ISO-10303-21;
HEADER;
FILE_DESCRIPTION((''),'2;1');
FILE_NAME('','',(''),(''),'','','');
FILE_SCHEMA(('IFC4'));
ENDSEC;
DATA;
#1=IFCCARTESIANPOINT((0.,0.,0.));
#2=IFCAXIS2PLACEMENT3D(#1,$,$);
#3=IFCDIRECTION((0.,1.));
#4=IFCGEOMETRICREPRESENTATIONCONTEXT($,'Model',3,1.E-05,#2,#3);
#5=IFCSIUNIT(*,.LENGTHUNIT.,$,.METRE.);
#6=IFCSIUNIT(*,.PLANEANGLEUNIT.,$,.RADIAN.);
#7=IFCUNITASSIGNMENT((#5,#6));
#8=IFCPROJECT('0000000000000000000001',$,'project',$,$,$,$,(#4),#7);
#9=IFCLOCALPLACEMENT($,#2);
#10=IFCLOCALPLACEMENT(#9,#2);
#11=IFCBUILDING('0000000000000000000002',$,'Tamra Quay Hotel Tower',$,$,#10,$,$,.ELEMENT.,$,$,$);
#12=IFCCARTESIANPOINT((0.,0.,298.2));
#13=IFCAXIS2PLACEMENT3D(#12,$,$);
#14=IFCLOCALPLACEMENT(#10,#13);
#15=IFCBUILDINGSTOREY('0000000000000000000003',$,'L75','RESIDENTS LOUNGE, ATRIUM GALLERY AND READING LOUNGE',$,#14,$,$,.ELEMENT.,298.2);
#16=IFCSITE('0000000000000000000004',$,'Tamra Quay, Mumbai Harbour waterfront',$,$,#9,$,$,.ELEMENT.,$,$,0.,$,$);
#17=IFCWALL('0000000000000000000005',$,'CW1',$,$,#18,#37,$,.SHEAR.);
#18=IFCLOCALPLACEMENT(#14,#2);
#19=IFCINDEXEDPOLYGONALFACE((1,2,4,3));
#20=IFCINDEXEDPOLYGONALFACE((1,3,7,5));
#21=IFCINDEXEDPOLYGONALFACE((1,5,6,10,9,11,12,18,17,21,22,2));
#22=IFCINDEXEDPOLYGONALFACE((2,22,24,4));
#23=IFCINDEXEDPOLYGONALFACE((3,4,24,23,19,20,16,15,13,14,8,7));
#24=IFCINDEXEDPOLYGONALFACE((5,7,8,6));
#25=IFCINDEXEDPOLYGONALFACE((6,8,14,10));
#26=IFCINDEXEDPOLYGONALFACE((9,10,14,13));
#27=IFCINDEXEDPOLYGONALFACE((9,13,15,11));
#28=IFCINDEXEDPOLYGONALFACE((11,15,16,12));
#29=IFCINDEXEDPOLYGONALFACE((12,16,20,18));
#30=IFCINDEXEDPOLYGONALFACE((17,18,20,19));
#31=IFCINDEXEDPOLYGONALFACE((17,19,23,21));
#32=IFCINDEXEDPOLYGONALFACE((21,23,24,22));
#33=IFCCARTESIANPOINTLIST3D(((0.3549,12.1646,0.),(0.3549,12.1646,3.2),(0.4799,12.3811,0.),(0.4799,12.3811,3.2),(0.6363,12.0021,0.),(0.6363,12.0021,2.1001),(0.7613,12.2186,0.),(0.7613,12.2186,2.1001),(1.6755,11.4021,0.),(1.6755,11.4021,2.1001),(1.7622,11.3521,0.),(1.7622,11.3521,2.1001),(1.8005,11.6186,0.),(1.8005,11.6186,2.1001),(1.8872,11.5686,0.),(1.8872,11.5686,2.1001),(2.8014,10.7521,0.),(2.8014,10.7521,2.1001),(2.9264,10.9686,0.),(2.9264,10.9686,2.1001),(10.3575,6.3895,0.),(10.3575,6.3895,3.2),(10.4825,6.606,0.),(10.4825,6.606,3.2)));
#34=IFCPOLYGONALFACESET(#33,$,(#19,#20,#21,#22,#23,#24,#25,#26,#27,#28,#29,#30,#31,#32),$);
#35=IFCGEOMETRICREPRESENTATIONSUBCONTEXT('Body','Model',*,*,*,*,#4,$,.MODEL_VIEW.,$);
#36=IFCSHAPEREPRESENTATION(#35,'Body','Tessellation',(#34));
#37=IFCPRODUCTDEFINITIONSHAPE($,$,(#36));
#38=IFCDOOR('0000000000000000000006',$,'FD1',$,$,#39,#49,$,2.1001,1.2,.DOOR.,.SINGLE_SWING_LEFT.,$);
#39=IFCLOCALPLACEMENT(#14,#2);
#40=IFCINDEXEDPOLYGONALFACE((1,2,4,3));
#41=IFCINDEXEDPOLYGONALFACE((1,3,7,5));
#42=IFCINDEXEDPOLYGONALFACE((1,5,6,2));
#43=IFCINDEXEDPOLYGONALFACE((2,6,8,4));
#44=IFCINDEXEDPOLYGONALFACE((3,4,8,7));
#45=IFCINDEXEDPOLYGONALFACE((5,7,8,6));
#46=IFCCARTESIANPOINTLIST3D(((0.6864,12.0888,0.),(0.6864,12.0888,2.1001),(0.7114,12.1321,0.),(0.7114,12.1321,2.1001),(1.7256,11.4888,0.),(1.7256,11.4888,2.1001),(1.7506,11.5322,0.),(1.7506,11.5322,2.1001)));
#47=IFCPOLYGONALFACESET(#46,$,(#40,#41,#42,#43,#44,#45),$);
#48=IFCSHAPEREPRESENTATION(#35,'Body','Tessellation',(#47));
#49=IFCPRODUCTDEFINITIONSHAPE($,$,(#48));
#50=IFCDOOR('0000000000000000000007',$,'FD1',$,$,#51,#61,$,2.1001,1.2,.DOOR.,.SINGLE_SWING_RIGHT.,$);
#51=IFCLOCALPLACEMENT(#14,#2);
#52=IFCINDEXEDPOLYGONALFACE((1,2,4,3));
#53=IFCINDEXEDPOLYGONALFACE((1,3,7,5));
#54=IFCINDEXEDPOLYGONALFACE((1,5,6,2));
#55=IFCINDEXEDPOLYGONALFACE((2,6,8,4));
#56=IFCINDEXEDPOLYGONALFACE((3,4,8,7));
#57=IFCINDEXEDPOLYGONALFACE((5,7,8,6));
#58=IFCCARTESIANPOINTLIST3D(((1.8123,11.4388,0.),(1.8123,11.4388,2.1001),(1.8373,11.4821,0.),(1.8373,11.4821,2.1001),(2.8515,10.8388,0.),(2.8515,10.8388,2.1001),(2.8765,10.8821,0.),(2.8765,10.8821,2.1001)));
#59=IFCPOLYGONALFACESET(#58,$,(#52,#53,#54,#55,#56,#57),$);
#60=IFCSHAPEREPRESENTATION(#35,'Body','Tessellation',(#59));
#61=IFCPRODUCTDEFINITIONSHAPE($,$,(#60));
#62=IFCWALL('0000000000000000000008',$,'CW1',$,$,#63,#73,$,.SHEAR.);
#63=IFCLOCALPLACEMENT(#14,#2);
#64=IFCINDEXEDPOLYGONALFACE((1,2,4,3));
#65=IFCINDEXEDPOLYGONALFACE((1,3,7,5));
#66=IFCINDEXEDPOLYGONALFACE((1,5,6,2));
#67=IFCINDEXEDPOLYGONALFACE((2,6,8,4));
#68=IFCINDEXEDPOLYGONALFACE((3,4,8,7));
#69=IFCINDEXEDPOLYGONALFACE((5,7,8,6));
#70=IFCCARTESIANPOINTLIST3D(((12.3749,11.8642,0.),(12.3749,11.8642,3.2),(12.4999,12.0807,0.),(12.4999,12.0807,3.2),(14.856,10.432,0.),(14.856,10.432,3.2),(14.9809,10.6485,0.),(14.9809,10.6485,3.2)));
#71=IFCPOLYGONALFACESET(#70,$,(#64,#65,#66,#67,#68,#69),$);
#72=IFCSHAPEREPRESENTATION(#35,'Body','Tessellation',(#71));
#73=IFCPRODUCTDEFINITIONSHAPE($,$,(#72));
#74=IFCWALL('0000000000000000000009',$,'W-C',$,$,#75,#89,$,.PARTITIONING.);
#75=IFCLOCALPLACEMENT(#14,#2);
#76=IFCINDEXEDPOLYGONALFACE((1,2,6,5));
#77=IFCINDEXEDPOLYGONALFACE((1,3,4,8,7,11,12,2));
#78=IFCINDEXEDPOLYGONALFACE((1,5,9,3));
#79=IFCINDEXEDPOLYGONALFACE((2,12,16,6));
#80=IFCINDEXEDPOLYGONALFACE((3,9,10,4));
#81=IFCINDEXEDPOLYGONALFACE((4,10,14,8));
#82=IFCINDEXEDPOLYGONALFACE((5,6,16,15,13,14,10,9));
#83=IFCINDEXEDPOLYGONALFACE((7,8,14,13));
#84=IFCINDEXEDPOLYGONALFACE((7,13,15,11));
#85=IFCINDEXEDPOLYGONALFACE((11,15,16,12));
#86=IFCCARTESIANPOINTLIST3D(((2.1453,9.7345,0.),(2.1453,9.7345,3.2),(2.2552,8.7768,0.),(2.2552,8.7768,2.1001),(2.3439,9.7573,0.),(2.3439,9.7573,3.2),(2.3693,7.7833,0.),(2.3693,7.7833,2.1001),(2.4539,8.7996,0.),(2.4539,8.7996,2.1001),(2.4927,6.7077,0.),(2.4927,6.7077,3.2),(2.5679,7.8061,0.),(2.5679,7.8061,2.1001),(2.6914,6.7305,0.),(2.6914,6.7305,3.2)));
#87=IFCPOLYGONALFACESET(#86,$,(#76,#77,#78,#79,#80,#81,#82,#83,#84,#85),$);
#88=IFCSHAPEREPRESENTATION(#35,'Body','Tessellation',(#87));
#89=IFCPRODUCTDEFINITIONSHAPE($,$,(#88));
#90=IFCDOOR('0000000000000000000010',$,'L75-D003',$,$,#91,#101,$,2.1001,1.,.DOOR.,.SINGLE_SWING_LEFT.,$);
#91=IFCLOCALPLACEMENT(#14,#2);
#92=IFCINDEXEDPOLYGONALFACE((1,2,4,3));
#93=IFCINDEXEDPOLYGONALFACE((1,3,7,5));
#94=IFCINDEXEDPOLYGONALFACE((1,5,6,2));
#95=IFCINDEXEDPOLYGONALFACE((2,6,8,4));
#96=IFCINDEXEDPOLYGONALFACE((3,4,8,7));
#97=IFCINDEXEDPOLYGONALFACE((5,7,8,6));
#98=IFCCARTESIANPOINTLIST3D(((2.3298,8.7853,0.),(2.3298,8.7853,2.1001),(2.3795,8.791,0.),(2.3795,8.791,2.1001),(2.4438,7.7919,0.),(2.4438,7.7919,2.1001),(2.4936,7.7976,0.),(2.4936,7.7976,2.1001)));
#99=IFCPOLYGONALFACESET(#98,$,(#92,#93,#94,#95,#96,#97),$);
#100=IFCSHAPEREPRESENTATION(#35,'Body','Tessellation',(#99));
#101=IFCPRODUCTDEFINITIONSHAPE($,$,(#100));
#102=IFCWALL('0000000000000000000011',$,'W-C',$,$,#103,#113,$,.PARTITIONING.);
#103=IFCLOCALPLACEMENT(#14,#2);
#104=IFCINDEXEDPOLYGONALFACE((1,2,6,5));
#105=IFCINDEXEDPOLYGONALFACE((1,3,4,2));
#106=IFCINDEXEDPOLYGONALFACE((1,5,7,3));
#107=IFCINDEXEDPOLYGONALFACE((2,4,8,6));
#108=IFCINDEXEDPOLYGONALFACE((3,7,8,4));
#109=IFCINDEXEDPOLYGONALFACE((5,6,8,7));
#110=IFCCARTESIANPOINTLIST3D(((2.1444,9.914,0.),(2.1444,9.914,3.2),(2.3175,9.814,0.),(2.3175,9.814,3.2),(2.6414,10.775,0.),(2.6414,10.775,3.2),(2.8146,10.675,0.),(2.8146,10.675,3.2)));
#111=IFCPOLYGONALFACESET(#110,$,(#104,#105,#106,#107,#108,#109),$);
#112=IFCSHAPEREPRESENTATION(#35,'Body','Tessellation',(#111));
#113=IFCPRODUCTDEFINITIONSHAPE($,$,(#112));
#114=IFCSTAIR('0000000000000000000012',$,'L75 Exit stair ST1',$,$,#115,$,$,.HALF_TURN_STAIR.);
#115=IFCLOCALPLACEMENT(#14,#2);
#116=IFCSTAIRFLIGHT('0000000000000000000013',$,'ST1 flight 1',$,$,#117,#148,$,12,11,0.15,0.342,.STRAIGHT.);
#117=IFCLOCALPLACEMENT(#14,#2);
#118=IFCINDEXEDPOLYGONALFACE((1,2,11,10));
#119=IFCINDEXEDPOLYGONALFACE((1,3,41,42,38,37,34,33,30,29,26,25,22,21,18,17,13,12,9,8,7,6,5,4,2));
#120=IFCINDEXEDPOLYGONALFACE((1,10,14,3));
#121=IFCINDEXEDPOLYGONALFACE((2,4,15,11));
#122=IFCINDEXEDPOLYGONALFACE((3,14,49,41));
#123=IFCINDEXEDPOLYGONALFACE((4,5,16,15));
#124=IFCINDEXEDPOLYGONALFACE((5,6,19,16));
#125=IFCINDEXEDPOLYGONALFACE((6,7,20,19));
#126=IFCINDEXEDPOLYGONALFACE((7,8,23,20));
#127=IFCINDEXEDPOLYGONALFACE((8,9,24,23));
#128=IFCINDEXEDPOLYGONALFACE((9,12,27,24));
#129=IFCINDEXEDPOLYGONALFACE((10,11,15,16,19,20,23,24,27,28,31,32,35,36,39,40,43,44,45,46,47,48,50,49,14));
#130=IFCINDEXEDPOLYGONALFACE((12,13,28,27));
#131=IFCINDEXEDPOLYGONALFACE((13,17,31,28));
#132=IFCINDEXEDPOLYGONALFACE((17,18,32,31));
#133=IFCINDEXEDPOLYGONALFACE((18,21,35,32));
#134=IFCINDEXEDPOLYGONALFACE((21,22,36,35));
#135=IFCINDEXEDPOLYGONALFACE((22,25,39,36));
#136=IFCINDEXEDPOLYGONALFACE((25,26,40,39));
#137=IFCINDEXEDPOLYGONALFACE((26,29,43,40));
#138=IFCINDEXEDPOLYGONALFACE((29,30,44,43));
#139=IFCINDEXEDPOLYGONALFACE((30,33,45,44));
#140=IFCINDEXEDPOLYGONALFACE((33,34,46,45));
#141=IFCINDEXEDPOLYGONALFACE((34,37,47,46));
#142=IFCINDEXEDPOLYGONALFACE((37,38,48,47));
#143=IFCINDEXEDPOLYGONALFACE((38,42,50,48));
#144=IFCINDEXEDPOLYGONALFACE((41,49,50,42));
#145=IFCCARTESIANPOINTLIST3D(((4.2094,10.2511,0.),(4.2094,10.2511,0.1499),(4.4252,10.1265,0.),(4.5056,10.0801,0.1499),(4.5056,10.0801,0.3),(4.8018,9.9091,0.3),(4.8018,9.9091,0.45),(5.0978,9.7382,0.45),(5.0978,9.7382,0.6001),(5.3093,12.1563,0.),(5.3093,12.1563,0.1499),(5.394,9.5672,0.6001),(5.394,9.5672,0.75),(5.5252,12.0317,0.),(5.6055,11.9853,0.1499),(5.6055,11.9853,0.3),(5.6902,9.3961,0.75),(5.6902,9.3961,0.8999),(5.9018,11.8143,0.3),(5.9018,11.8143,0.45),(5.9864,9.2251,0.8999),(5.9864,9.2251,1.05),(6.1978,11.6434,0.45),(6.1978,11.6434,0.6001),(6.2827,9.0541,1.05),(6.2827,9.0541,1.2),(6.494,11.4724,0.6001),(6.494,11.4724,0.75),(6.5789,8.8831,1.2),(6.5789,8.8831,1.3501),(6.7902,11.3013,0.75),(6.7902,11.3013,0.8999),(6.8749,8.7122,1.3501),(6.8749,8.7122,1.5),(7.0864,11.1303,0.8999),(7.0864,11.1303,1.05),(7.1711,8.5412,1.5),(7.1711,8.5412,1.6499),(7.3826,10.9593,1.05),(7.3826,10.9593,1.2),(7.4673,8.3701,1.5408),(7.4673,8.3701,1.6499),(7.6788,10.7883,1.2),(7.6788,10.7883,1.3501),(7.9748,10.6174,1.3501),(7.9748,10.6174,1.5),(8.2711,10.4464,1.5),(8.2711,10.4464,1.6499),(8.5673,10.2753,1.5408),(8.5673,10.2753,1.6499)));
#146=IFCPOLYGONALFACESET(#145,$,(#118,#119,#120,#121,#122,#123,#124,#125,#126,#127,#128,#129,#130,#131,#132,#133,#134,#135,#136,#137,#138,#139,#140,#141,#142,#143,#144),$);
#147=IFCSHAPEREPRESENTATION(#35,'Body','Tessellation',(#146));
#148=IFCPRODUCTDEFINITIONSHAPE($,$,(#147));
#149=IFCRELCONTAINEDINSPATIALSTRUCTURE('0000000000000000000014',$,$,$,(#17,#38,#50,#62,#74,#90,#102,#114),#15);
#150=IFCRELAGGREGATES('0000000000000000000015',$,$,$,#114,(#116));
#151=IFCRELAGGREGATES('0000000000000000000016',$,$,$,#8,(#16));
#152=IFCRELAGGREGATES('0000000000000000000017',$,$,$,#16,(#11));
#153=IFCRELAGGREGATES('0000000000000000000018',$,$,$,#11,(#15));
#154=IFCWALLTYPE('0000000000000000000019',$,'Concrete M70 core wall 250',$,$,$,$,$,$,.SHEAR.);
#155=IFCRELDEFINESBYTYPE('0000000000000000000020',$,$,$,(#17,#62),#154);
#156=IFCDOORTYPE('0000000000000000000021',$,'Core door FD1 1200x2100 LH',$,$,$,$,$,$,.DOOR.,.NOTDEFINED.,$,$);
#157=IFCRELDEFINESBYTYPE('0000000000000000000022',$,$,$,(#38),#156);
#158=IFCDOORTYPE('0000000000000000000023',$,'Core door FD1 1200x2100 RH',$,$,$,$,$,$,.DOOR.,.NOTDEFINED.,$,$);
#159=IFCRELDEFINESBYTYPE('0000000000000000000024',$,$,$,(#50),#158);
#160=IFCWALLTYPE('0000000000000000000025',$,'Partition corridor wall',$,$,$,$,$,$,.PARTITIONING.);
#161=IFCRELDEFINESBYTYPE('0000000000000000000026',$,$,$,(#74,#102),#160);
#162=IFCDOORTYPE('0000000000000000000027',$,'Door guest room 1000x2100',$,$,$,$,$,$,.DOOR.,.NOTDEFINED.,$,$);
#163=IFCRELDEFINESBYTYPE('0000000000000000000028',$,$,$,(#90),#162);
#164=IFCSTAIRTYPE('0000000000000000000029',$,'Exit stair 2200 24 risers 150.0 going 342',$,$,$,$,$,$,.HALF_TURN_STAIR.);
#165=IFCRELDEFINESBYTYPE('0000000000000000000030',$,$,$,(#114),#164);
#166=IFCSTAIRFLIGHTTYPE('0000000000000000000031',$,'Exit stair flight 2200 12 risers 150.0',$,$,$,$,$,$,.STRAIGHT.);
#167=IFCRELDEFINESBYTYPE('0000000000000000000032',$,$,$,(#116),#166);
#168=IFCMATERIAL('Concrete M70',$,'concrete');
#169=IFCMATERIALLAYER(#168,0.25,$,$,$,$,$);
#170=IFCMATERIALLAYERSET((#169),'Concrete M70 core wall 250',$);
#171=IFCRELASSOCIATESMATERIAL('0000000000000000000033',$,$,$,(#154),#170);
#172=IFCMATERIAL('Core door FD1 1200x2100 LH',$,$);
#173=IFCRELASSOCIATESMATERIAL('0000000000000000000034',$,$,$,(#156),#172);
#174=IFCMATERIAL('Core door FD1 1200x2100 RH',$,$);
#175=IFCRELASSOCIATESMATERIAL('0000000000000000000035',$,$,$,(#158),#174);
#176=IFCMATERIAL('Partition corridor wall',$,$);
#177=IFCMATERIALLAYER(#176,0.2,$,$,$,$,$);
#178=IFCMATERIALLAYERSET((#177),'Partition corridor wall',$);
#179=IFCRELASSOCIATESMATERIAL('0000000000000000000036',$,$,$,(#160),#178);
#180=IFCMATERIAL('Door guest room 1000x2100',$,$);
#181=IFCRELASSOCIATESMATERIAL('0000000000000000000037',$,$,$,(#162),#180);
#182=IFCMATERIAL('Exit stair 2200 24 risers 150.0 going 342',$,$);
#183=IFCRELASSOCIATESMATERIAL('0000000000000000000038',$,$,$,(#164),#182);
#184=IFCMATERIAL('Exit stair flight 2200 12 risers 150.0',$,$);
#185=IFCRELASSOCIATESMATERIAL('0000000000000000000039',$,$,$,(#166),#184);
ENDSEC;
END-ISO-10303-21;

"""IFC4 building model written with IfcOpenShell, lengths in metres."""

from ifc_helpers import new_model, si_unit, direction, frame, frame_2d, origin, place, context, subcontext, project, spatial, polyline, rectangle, outline, extrude, material, layer, layer_set, type_object, element, fill, aggregate, save


model = new_model("IFC4")

# Units and contexts
model_context = context("Model", 3, precision=1e-05, world=origin(), true_north=direction((0.0, 1.0)))
body_context = subcontext(model_context, "Body", "Model", "MODEL_VIEW")
ifc_project = project(units=[si_unit("LENGTHUNIT", "METRE"), si_unit("PLANEANGLEUNIT", "RADIAN")], contexts=[model_context])

# Site, building, storey
site_placement = place(None, origin())
site = spatial("IfcSite", under=ifc_project, at=site_placement, Name="Tamra Quay, Mumbai Harbour waterfront", CompositionType="ELEMENT", RefElevation=0.0)
building_placement = place(site_placement, origin())
building = spatial("IfcBuilding", under=site, at=building_placement, Name="Tamra Quay Hotel Tower", CompositionType="ELEMENT")
storey_placement = place(building_placement, frame((0.0, 0.0, 298.2)))
storey = spatial("IfcBuildingStorey", under=building, at=storey_placement, Name="L75", Description="RESIDENTS LOUNGE, ATRIUM GALLERY AND READING LOUNGE", CompositionType="ELEMENT", Elevation=298.2)

# Shared definitions
ifc_material_1 = material(Name="Concrete M70", Category="concrete")

# Wall, openings, doors
ifc_layer_1 = layer(ifc_material_1, 0.25)
ifc_layer_set_1 = layer_set([ifc_layer_1], Name="Concrete M70 core wall 250")
wall_type_1 = type_object("IfcWallType", Name="Concrete M70 core wall 250", PredefinedType="SHEAR", material=ifc_layer_set_1)
wall_1_placement = place(storey_placement, frame((10.4199, 6.4978, 0.0), z_axis=(0.0, 0.0, 1.0), x_axis=(-0.866022, 0.500006, 0.0)))
wall_1 = element("IfcWall", 1, at=wall_1_placement, inside=storey, type_object=wall_type_1, Name="CW1", PredefinedType="SHEAR", context=body_context, shape_type="SweptSolid", body=[
    extrude(rectangle(XDim=11.55, YDim=0.25, at=frame_2d((5.7749, 0.0))), origin(), (0.0, 0.0, 1.0), 3.2),
])
opening_1_placement = place(wall_1_placement, frame((10.0249, 0.0, 0.0)))
opening_1 = element("IfcOpeningElement", 2, at=opening_1_placement, cuts=wall_1, PredefinedType="OPENING", context=body_context, shape_type="SweptSolid", body=[
    extrude(rectangle(XDim=1.2, YDim=2.1001, at=frame_2d((0.6001, 1.05))), frame((0.0, 0.135, 0.0), z_axis=(0.0, -1.0, 0.0), x_axis=(1.0, 0.0, 0.0)), (0.0, 0.0, 1.0), 0.27),
])
opening_2_placement = place(wall_1_placement, frame((8.7249, 0.0, 0.0)))
opening_2 = element("IfcOpeningElement", 3, at=opening_2_placement, cuts=wall_1, PredefinedType="OPENING", context=body_context, shape_type="SweptSolid", body=[
    extrude(rectangle(XDim=1.2, YDim=2.1001, at=frame_2d((0.6001, 1.05))), frame((0.0, 0.135, 0.0), z_axis=(0.0, -1.0, 0.0), x_axis=(1.0, 0.0, 0.0)), (0.0, 0.0, 1.0), 0.27),
])
ifc_material_2 = material(Name="Core door FD1 1200x2100 LH")
door_type_1 = type_object("IfcDoorType", Name="Core door FD1 1200x2100 LH", OperationType="NOTDEFINED", PredefinedType="DOOR", material=ifc_material_2)
door_1_placement = place(opening_1_placement, origin())
door_1 = element("IfcDoor", 4, at=door_1_placement, inside=storey, type_object=door_type_1, Name="FD1", OperationType="SINGLE_SWING_LEFT", OverallHeight=2.1001, OverallWidth=1.2, PredefinedType="DOOR", context=body_context, shape_type="SweptSolid", body=[
    extrude(rectangle(XDim=1.2, YDim=2.1001, at=frame_2d((0.6001, 1.05))), frame((0.0, 0.0249, 0.0), z_axis=(0.0, -1.0, 0.0), x_axis=(1.0, 0.0, 0.0)), (0.0, 0.0, 1.0), 0.05),
])
fill(opening_1, door_1)
ifc_material_3 = material(Name="Core door FD1 1200x2100 RH")
door_type_2 = type_object("IfcDoorType", Name="Core door FD1 1200x2100 RH", OperationType="NOTDEFINED", PredefinedType="DOOR", material=ifc_material_3)
door_2_placement = place(opening_2_placement, origin())
door_2 = element("IfcDoor", 5, at=door_2_placement, inside=storey, type_object=door_type_2, Name="FD1", OperationType="SINGLE_SWING_RIGHT", OverallHeight=2.1001, OverallWidth=1.2, PredefinedType="DOOR", context=body_context, shape_type="SweptSolid", body=[
    extrude(rectangle(XDim=1.2, YDim=2.1001, at=frame_2d((0.6001, 1.05))), frame((0.0, 0.0249, 0.0), z_axis=(0.0, -1.0, 0.0), x_axis=(1.0, 0.0, 0.0)), (0.0, 0.0, 1.0), 0.05),
])
fill(opening_2, door_2)

# Wall
wall_2_placement = place(storey_placement, frame((14.9185, 10.5403, 0.0), z_axis=(0.0, 0.0, 1.0), x_axis=(-0.866064, 0.499934, 0.0)))
element("IfcWall", 6, at=wall_2_placement, inside=storey, type_object=wall_type_1, Name="CW1", PredefinedType="SHEAR", context=body_context, shape_type="SweptSolid", body=[
    extrude(rectangle(XDim=2.8647, YDim=0.25, at=frame_2d((1.4324, 0.0))), origin(), (0.0, 0.0, 1.0), 3.2),
])

# Wall, opening, door
ifc_material_4 = material(Name="Partition corridor wall")
ifc_layer_2 = layer(ifc_material_4, 0.2)
ifc_layer_set_2 = layer_set([ifc_layer_2], Name="Partition corridor wall")
wall_type_2 = type_object("IfcWallType", Name="Partition corridor wall", PredefinedType="PARTITIONING", material=ifc_layer_set_2)
wall_3_placement = place(storey_placement, frame((2.592, 6.719, 0.0), z_axis=(0.0, 0.0, 1.0), x_axis=(-0.114028, 0.993478, 0.0)))
wall_3 = element("IfcWall", 7, at=wall_3_placement, inside=storey, type_object=wall_type_2, Name="W-C", PredefinedType="PARTITIONING", context=body_context, shape_type="SweptSolid", body=[
    extrude(rectangle(XDim=3.0466, YDim=0.2, at=frame_2d((1.5234, 0.0))), origin(), (0.0, 0.0, 1.0), 3.2),
])
opening_3_placement = place(wall_3_placement, frame((1.0828, 0.0, 0.0)))
opening_3 = element("IfcOpeningElement", 8, at=opening_3_placement, cuts=wall_3, PredefinedType="OPENING", context=body_context, shape_type="SweptSolid", body=[
    extrude(rectangle(XDim=1.0, YDim=2.1001, at=frame_2d((0.5, 1.05))), frame((0.0, 0.1099, 0.0), z_axis=(0.0, -1.0, 0.0), x_axis=(1.0, 0.0, 0.0)), (0.0, 0.0, 1.0), 0.22),
])
ifc_material_5 = material(Name="Door guest room 1000x2100")
door_type_3 = type_object("IfcDoorType", Name="Door guest room 1000x2100", OperationType="NOTDEFINED", PredefinedType="DOOR", material=ifc_material_5)
door_3_placement = place(opening_3_placement, origin())
door_3 = element("IfcDoor", 9, at=door_3_placement, inside=storey, type_object=door_type_3, Name="L75-D003", OperationType="SINGLE_SWING_LEFT", OverallHeight=2.1001, OverallWidth=1.0, PredefinedType="DOOR", context=body_context, shape_type="SweptSolid", body=[
    extrude(rectangle(XDim=1.0, YDim=2.1001, at=frame_2d((0.5, 1.05))), frame((0.0, 0.0249, 0.0), z_axis=(0.0, -1.0, 0.0), x_axis=(1.0, 0.0, 0.0)), (0.0, 0.0, 1.0), 0.05),
])
fill(opening_3, door_3)

# Wall
wall_4_placement = place(storey_placement, frame((2.231, 9.864, 0.0), z_axis=(0.0, 0.0, 1.0), x_axis=(0.499942, 0.866059, 0.0)))
element("IfcWall", 10, at=wall_4_placement, inside=storey, type_object=wall_type_2, Name="W-C", PredefinedType="PARTITIONING", context=body_context, shape_type="SweptSolid", body=[
    extrude(rectangle(XDim=0.9941, YDim=0.2, at=frame_2d((0.4971, 0.0))), origin(), (0.0, 0.0, 1.0), 3.2),
])

# Stair, stair flight
ifc_material_6 = material(Name="Exit stair 2200 24 risers 150.0 going 342")
stair_type = type_object("IfcStairType", Name="Exit stair 2200 24 risers 150.0 going 342", PredefinedType="HALF_TURN_STAIR", material=ifc_material_6)
stair_placement = place(storey_placement, origin())
stair = element("IfcStair", 11, at=stair_placement, inside=storey, type_object=stair_type, Name="L75 Exit stair ST1", PredefinedType="HALF_TURN_STAIR")
ifc_material_7 = material(Name="Exit stair flight 2200 12 risers 150.0")
stair_flight_type = type_object("IfcStairFlightType", Name="Exit stair flight 2200 12 risers 150.0", PredefinedType="STRAIGHT", material=ifc_material_7)
stair_flight_placement = place(storey_placement, frame((4.7593, 11.2036, 0.0), z_axis=(0.0, 0.0, 1.0), x_axis=(0.866025, -0.5, 0.0)))
stair_flight = element("IfcStairFlight", 12, at=stair_flight_placement, type_object=stair_flight_type, Name="ST1 flight 1", NumberOfRisers=12, NumberOfTreads=11, PredefinedType="STRAIGHT", RiserHeight=0.15, TreadLength=0.342, context=body_context, shape_type="SweptSolid", body=[
    extrude(outline(polyline([(0.0, 0.0), (0.0, 0.1499), (0.342, 0.1499), (0.342, 0.3), (0.6841, 0.3), (0.6841, 0.45), (1.0259, 0.45), (1.0259, 0.6001), (1.3679, 0.6001), (1.3679, 0.75), (1.71, 0.75), (1.71, 0.8999), (2.052, 0.8999), (2.052, 1.05), (2.394, 1.05), (2.394, 1.2), (2.7361, 1.2), (2.7361, 1.3501), (3.0779, 1.3501), (3.0779, 1.5), (3.4199, 1.5), (3.4199, 1.6499), (3.762, 1.6499), (3.762, 1.8), (3.762, 1.5408), (0.2493, 0.0), (0.0, 0.0)])), frame((0.0, 1.1001, 0.0), z_axis=(0.0, -1.0, 0.0), x_axis=(1.0, 0.0, 0.0)), (0.0, 0.0, 1.0), 2.2),
])
aggregate(stair, [stair_flight])

save(model, "model.ifc")
